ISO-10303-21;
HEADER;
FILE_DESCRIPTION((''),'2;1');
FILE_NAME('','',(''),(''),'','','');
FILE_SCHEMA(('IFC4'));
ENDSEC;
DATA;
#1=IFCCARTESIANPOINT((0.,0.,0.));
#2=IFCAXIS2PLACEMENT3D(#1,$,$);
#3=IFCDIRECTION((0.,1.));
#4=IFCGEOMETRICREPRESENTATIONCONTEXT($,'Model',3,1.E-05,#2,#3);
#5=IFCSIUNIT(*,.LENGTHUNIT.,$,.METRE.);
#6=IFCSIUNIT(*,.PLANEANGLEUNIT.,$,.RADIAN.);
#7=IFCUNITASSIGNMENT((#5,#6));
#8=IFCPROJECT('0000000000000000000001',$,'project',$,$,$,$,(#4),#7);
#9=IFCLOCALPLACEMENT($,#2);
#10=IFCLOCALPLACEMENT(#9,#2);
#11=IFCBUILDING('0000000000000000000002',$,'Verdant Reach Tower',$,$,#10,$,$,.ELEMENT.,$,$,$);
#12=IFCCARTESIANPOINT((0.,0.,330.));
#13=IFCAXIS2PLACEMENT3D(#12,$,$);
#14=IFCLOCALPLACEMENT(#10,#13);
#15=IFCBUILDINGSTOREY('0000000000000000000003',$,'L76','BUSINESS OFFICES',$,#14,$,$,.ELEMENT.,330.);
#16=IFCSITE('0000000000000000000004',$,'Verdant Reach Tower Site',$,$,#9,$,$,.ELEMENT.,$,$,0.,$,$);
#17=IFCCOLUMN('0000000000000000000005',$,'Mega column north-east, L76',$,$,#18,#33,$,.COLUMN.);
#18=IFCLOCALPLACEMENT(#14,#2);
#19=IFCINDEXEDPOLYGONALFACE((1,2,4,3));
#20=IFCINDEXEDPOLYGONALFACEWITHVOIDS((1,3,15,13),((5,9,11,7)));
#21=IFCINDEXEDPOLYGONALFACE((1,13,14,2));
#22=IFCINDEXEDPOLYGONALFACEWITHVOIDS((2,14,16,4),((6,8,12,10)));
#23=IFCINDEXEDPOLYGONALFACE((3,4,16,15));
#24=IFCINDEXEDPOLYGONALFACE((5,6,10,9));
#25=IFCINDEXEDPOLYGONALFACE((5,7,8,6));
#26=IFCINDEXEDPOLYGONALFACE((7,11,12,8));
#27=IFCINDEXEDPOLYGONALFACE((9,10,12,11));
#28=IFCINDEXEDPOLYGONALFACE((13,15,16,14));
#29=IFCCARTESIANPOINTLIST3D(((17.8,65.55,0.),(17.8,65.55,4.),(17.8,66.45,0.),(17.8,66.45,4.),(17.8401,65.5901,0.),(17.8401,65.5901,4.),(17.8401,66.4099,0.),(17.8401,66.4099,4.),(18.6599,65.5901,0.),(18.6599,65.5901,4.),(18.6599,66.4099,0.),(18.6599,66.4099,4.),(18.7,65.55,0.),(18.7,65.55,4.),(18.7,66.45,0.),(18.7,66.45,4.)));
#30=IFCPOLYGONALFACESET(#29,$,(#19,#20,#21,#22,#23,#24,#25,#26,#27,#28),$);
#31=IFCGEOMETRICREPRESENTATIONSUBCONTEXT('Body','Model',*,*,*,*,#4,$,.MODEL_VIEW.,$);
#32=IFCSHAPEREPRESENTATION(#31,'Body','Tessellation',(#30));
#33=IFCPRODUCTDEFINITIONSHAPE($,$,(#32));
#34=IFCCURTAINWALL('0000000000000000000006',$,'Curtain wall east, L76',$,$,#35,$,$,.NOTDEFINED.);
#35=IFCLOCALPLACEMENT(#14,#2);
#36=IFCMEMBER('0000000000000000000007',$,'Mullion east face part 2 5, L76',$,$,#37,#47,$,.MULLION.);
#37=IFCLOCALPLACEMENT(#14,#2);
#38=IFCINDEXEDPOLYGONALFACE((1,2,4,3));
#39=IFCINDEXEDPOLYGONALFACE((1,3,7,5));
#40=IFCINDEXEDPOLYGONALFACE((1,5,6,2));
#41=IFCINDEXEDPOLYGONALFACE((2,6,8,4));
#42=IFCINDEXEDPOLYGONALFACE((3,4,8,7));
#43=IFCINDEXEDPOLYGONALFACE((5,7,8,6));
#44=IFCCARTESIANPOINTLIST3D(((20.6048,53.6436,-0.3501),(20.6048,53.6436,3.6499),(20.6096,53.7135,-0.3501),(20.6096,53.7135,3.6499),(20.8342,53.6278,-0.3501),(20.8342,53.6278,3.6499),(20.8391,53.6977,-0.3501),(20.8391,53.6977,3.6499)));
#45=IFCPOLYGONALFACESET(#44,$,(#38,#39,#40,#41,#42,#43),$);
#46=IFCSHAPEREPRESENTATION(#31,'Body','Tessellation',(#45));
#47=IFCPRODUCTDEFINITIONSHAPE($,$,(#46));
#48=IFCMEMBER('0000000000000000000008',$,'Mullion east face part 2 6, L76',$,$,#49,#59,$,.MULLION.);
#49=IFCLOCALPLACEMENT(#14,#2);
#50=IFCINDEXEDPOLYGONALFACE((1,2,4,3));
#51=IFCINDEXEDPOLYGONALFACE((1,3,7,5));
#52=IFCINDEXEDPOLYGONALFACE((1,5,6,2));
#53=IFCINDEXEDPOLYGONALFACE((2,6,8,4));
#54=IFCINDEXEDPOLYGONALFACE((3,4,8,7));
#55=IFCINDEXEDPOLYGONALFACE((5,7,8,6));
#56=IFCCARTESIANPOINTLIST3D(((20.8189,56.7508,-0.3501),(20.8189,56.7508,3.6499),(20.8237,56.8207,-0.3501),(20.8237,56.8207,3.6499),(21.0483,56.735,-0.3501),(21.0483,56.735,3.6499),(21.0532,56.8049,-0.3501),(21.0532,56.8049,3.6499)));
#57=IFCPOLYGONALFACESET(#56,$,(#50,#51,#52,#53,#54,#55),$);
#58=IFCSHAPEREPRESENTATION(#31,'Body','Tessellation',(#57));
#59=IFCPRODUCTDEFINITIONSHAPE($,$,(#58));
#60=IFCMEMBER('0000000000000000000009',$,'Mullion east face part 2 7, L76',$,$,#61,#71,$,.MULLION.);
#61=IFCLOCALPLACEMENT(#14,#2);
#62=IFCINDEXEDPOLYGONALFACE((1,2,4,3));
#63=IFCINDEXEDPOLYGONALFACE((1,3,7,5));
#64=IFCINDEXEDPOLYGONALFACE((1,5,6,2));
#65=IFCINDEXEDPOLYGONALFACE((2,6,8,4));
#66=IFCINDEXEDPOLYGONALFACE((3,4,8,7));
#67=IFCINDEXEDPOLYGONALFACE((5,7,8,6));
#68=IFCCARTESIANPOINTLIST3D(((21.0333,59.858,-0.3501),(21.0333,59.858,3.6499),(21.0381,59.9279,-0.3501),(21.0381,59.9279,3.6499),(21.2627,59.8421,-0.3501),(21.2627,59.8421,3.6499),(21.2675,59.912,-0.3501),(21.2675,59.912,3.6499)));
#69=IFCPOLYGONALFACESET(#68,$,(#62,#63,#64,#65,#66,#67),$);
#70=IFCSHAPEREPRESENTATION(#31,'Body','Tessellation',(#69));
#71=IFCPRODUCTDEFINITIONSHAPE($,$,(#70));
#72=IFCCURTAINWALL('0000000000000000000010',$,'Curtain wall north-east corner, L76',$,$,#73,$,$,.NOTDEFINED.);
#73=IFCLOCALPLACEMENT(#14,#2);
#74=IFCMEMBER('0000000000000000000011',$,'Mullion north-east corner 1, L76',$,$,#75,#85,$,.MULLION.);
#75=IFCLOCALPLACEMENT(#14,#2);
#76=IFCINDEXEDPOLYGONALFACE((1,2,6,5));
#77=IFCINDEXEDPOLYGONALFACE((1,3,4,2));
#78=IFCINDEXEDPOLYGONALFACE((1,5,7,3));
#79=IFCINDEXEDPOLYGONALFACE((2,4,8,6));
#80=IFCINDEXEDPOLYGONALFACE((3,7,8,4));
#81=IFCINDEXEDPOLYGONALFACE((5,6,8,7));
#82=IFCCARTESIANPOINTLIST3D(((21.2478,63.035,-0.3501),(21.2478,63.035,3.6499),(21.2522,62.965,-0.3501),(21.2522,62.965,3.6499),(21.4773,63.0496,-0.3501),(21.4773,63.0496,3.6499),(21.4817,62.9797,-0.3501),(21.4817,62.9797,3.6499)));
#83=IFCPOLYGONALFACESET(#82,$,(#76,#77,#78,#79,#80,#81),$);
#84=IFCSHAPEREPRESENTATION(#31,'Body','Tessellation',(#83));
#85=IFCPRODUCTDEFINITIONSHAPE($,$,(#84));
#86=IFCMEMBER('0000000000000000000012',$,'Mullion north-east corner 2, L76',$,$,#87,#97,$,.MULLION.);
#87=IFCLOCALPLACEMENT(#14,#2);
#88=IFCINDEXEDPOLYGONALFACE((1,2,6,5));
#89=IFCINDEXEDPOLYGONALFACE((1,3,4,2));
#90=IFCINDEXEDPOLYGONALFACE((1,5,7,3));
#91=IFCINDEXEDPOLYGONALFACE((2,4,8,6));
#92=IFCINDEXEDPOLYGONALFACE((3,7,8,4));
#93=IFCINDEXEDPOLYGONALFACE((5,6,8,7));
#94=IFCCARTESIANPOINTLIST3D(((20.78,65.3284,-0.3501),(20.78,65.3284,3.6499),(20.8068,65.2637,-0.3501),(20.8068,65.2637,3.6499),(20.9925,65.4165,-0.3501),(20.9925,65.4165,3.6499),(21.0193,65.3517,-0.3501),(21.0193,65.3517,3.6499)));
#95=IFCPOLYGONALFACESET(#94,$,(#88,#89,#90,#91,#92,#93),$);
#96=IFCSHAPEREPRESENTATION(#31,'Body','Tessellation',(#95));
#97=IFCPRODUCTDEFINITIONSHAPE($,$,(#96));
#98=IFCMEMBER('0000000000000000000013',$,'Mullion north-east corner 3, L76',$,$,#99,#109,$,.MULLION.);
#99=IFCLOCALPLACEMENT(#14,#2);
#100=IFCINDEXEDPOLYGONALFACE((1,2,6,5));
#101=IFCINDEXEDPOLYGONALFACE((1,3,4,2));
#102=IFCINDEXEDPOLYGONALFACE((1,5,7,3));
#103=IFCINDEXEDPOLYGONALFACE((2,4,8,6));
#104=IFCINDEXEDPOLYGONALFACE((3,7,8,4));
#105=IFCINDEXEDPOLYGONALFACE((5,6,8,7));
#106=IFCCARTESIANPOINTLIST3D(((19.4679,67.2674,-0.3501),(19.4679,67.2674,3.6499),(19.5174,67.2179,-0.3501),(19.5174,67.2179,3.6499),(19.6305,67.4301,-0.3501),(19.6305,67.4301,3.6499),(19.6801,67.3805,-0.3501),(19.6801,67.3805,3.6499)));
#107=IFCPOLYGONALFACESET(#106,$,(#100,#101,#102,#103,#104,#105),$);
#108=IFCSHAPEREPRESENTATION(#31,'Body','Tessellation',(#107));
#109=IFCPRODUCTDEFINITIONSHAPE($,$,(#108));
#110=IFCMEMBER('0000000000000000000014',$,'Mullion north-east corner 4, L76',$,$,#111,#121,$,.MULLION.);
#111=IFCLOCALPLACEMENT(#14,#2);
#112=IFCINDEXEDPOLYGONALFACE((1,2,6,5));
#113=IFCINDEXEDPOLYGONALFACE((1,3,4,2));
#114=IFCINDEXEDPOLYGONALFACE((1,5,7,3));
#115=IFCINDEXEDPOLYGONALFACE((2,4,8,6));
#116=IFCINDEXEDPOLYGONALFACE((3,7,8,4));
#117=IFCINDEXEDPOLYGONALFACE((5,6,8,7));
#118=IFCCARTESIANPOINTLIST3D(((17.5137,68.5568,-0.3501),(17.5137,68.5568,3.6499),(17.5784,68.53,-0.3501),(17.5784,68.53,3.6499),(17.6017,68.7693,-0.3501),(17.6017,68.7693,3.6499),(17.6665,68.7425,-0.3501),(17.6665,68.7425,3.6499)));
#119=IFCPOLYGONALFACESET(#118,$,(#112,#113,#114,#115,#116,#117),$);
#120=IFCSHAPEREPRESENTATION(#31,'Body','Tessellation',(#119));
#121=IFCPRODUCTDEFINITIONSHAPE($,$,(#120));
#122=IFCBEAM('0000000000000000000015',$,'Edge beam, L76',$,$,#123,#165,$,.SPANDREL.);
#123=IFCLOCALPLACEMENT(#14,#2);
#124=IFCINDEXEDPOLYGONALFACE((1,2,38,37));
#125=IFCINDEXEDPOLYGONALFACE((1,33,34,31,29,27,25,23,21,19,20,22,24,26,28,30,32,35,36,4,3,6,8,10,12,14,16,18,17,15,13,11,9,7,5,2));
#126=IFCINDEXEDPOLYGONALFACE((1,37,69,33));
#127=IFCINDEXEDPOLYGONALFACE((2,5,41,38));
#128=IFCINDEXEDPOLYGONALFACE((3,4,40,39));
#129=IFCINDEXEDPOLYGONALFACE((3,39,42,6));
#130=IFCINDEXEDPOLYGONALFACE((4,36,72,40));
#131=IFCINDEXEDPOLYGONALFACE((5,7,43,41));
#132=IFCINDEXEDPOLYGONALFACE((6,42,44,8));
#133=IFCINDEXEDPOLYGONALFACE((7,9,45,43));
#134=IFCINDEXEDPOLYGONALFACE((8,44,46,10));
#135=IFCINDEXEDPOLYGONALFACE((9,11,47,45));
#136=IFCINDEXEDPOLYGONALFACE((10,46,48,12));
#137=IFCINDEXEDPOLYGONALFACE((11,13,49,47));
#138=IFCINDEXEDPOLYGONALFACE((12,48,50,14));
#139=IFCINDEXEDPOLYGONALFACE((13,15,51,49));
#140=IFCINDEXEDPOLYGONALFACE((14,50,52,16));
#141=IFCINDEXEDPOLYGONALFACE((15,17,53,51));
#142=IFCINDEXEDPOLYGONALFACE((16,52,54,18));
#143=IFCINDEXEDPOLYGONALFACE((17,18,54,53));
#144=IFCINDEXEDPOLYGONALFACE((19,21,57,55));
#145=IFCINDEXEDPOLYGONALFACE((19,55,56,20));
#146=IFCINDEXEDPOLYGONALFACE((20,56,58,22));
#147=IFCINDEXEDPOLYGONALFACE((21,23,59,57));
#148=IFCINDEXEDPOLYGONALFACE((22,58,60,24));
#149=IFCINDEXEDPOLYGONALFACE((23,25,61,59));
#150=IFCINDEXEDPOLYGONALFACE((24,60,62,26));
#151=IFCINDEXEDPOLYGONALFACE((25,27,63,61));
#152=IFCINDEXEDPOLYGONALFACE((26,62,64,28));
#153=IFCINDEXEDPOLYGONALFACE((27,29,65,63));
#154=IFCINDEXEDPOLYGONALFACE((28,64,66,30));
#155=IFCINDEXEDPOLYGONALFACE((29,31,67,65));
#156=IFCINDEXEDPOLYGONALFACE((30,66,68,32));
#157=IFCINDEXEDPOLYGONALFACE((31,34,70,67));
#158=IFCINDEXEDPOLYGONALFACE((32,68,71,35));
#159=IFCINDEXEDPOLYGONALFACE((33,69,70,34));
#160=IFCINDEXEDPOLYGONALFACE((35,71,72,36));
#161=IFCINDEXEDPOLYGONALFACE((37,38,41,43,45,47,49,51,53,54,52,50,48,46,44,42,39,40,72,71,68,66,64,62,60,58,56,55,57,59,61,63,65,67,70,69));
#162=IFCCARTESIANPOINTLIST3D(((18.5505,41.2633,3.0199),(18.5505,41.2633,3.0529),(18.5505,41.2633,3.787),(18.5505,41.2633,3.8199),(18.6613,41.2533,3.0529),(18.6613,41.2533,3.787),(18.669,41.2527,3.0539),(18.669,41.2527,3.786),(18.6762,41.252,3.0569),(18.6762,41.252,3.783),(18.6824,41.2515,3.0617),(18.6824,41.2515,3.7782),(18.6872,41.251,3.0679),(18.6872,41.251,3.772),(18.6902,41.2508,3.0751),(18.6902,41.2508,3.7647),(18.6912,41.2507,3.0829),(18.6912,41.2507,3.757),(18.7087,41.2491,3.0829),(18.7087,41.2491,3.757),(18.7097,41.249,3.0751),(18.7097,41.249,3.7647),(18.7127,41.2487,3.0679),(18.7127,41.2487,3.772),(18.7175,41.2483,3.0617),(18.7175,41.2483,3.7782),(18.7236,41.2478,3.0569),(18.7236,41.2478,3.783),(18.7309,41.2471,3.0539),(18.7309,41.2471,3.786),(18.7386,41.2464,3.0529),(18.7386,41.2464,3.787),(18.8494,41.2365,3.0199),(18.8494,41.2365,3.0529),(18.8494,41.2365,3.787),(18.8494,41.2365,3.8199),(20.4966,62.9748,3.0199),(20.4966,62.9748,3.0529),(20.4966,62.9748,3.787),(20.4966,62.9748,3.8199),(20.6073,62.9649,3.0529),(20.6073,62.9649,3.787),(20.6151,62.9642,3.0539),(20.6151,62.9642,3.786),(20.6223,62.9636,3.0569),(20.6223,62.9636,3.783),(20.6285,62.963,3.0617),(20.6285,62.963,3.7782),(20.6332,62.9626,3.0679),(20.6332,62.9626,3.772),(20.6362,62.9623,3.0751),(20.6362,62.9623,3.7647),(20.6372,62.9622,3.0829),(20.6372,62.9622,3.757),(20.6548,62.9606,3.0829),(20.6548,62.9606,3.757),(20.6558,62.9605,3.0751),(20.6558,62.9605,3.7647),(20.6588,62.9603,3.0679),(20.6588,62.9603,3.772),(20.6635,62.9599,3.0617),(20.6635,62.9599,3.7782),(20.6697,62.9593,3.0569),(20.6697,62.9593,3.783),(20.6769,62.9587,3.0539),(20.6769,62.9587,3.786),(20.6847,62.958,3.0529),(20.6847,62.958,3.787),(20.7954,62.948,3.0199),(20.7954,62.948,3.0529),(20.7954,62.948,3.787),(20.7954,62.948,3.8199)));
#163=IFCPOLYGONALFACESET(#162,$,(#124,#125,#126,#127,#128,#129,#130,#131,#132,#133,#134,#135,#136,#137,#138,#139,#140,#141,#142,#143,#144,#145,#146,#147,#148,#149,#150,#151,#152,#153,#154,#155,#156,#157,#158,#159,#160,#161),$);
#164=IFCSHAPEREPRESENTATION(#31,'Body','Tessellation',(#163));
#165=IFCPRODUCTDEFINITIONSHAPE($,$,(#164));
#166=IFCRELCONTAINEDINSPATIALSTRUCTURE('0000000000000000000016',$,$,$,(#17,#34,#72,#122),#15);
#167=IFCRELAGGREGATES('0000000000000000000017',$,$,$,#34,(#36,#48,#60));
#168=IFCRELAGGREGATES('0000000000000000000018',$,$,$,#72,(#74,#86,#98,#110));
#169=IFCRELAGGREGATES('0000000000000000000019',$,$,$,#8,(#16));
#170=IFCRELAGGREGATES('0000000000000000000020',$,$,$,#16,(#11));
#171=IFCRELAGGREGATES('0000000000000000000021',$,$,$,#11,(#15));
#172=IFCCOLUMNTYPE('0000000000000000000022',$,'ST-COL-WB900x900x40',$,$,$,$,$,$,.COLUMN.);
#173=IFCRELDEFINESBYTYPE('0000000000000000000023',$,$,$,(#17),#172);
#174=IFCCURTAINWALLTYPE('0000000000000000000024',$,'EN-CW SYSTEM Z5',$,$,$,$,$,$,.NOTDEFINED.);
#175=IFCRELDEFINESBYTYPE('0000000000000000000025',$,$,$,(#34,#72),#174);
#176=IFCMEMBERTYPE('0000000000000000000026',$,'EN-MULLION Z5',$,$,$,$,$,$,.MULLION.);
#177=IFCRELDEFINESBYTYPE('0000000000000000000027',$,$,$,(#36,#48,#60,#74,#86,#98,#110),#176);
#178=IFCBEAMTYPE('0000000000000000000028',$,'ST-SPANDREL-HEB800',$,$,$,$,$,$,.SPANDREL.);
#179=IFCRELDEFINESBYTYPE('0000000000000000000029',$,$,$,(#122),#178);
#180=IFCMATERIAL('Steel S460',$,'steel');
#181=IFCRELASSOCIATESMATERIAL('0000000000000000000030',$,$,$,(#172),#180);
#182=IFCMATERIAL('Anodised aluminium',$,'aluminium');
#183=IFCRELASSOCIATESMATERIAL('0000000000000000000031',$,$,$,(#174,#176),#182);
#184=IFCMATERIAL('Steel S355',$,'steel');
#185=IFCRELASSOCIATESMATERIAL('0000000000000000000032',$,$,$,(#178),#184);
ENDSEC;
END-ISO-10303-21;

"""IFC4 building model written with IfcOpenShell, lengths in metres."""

from ifc_helpers import new_model, si_unit, direction, frame, origin, origin_2d, place, context, subcontext, project, spatial, rectangle, hollow_rectangle, i_section, extrude, material, material_profile, profile_set, type_object, element, aggregate, save


model = new_model("IFC4")

# Units and contexts
model_context = context("Model", 3, precision=1e-05, world=origin(), true_north=direction((0.0, 1.0)))
body_context = subcontext(model_context, "Body", "Model", "MODEL_VIEW")
ifc_project = project(units=[si_unit("LENGTHUNIT", "METRE"), si_unit("PLANEANGLEUNIT", "RADIAN")], contexts=[model_context])

# Site, building, storey
site_placement = place(None, origin())
site = spatial("IfcSite", under=ifc_project, at=site_placement, Name="Verdant Reach Tower Site", CompositionType="ELEMENT", RefElevation=0.0)
building_placement = place(site_placement, origin())
building = spatial("IfcBuilding", under=site, at=building_placement, Name="Verdant Reach Tower", CompositionType="ELEMENT")
storey_placement = place(building_placement, frame((0.0, 0.0, 330.0)))
storey = spatial("IfcBuildingStorey", under=building, at=storey_placement, Name="L76", Description="BUSINESS OFFICES", CompositionType="ELEMENT", Elevation=330.0)

# Column
ifc_material_1 = material(Name="Steel S460", Category="steel")
ifc_material_profile_1 = material_profile(ifc_material_1, hollow_rectangle(XDim=0.8999, YDim=0.8999, WallThickness=0.04, at=origin_2d()), Name="WB 900x900x40")
ifc_profile_set_1 = profile_set([ifc_material_profile_1], Name="Steel S460")
column_type = type_object("IfcColumnType", Name="ST-COL-WB900x900x40", PredefinedType="COLUMN", material=ifc_profile_set_1)
column_placement = place(storey_placement, frame((18.25, 66.0, 0.0), z_axis=(0.0, 0.0, 1.0), x_axis=(1.0, 0.0, 0.0)))
element("IfcColumn", 1, at=column_placement, inside=storey, type_object=column_type, Name="Mega column north-east, L76", PredefinedType="COLUMN", context=body_context, shape_type="SweptSolid", body=[
    extrude(hollow_rectangle(XDim=0.8999, YDim=0.8999, WallThickness=0.04, at=origin_2d()), origin(), (0.0, 0.0, 1.0), 4.0),
])

# Curtain walls, members
ifc_material_2 = material(Name="Anodised aluminium", Category="aluminium")
curtain_wall_type = type_object("IfcCurtainWallType", Name="EN-CW SYSTEM Z5", PredefinedType="NOTDEFINED", material=ifc_material_2)
curtain_wall_1_placement = place(storey_placement, origin())
curtain_wall_1 = element("IfcCurtainWall", 2, at=curtain_wall_1_placement, inside=storey, type_object=curtain_wall_type, Name="Curtain wall east, L76", PredefinedType="NOTDEFINED")
ifc_material_profile_2 = material_profile(ifc_material_2, rectangle(XDim=0.23, YDim=0.0701, at=origin_2d()), Name="Mullion 70x230")
ifc_profile_set_2 = profile_set([ifc_material_profile_2], Name="Anodised aluminium")
member_type = type_object("IfcMemberType", Name="EN-MULLION Z5", PredefinedType="MULLION", material=ifc_profile_set_2)
member_1_placement = place(storey_placement, frame((20.7219, 53.6707, -0.3501), z_axis=(0.0, 0.0, 1.0), x_axis=(0.99763, -0.068802, 0.0)))
member_1 = element("IfcMember", 3, at=member_1_placement, type_object=member_type, Name="Mullion east face part 2 5, L76", PredefinedType="MULLION", context=body_context, shape_type="SweptSolid", body=[
    extrude(rectangle(XDim=0.23, YDim=0.0701, at=origin_2d()), origin(), (0.0, 0.0, 1.0), 4.0),
])
member_2_placement = place(storey_placement, frame((20.936, 56.7778, -0.3501), z_axis=(0.0, 0.0, 1.0), x_axis=(0.99763, -0.068802, 0.0)))
member_2 = element("IfcMember", 4, at=member_2_placement, type_object=member_type, Name="Mullion east face part 2 6, L76", PredefinedType="MULLION", context=body_context, shape_type="SweptSolid", body=[
    extrude(rectangle(XDim=0.23, YDim=0.0701, at=origin_2d()), origin(), (0.0, 0.0, 1.0), 4.0),
])
member_3_placement = place(storey_placement, frame((21.1504, 59.885, -0.3501), z_axis=(0.0, 0.0, 1.0), x_axis=(0.99763, -0.068802, 0.0)))
member_3 = element("IfcMember", 5, at=member_3_placement, type_object=member_type, Name="Mullion east face part 2 7, L76", PredefinedType="MULLION", context=body_context, shape_type="SweptSolid", body=[
    extrude(rectangle(XDim=0.23, YDim=0.0701, at=origin_2d()), origin(), (0.0, 0.0, 1.0), 4.0),
])
curtain_wall_2_placement = place(storey_placement, origin())
curtain_wall_2 = element("IfcCurtainWall", 6, at=curtain_wall_2_placement, inside=storey, type_object=curtain_wall_type, Name="Curtain wall north-east corner, L76", PredefinedType="NOTDEFINED")
member_4_placement = place(storey_placement, frame((21.3647, 63.0073, -0.3501), z_axis=(0.0, 0.0, 1.0), x_axis=(0.997969, 0.063699, 0.0)))
member_4 = element("IfcMember", 7, at=member_4_placement, type_object=member_type, Name="Mullion north-east corner 1, L76", PredefinedType="MULLION", context=body_context, shape_type="SweptSolid", body=[
    extrude(rectangle(XDim=0.23, YDim=0.0701, at=origin_2d()), origin(), (0.0, 0.0, 1.0), 4.0),
])
member_5_placement = place(storey_placement, frame((20.8997, 65.3401, -0.3501), z_axis=(0.0, 0.0, 1.0), x_axis=(0.923875, 0.382694, 0.0)))
member_5 = element("IfcMember", 8, at=member_5_placement, type_object=member_type, Name="Mullion north-east corner 2, L76", PredefinedType="MULLION", context=body_context, shape_type="SweptSolid", body=[
    extrude(rectangle(XDim=0.23, YDim=0.0701, at=origin_2d()), origin(), (0.0, 0.0, 1.0), 4.0),
])
member_6_placement = place(storey_placement, frame((19.574, 67.324, -0.3501), z_axis=(0.0, 0.0, 1.0), x_axis=(0.707107, 0.707107, 0.0)))
member_6 = element("IfcMember", 9, at=member_6_placement, type_object=member_type, Name="Mullion north-east corner 3, L76", PredefinedType="MULLION", context=body_context, shape_type="SweptSolid", body=[
    extrude(rectangle(XDim=0.23, YDim=0.0701, at=origin_2d()), origin(), (0.0, 0.0, 1.0), 4.0),
])
member_7_placement = place(storey_placement, frame((17.5901, 68.6497, -0.3501), z_axis=(0.0, 0.0, 1.0), x_axis=(0.382694, 0.923875, 0.0)))
member_7 = element("IfcMember", 10, at=member_7_placement, type_object=member_type, Name="Mullion north-east corner 4, L76", PredefinedType="MULLION", context=body_context, shape_type="SweptSolid", body=[
    extrude(rectangle(XDim=0.23, YDim=0.0701, at=origin_2d()), origin(), (0.0, 0.0, 1.0), 4.0),
])

# Beam
ifc_material_3 = material(Name="Steel S355", Category="steel")
ifc_material_profile_3 = material_profile(ifc_material_3, i_section(OverallWidth=0.3, OverallDepth=0.8, WebThickness=0.0176, FlangeThickness=0.033, FilletRadius=0.03, at=origin_2d()), Name="HEB 800")
ifc_profile_set_3 = profile_set([ifc_material_profile_3], Name="Steel S355")
beam_type_1 = type_object("IfcBeamType", Name="ST-SPANDREL-HEB800", PredefinedType="SPANDREL", material=ifc_profile_set_3)
beam_1_placement = place(storey_placement, frame((20.646, 62.9614, 3.4199), z_axis=(-0.089274, -0.996007, 0.0), x_axis=(0.996007, -0.089274, 0.0)))
element("IfcBeam", 11, at=beam_1_placement, inside=storey, type_object=beam_type_1, Name="Edge beam, L76", PredefinedType="SPANDREL", context=body_context, shape_type="SweptSolid", body=[
    extrude(i_section(OverallWidth=0.3, OverallDepth=0.8, WebThickness=0.0176, FlangeThickness=0.033, FilletRadius=0.03, at=origin_2d()), origin(), (0.0, 0.0, 1.0), 21.7986),
])

aggregate(curtain_wall_1, [member_1, member_2, member_3])
aggregate(curtain_wall_2, [member_4, member_5, member_6, member_7])

save(model, "model.ifc")
